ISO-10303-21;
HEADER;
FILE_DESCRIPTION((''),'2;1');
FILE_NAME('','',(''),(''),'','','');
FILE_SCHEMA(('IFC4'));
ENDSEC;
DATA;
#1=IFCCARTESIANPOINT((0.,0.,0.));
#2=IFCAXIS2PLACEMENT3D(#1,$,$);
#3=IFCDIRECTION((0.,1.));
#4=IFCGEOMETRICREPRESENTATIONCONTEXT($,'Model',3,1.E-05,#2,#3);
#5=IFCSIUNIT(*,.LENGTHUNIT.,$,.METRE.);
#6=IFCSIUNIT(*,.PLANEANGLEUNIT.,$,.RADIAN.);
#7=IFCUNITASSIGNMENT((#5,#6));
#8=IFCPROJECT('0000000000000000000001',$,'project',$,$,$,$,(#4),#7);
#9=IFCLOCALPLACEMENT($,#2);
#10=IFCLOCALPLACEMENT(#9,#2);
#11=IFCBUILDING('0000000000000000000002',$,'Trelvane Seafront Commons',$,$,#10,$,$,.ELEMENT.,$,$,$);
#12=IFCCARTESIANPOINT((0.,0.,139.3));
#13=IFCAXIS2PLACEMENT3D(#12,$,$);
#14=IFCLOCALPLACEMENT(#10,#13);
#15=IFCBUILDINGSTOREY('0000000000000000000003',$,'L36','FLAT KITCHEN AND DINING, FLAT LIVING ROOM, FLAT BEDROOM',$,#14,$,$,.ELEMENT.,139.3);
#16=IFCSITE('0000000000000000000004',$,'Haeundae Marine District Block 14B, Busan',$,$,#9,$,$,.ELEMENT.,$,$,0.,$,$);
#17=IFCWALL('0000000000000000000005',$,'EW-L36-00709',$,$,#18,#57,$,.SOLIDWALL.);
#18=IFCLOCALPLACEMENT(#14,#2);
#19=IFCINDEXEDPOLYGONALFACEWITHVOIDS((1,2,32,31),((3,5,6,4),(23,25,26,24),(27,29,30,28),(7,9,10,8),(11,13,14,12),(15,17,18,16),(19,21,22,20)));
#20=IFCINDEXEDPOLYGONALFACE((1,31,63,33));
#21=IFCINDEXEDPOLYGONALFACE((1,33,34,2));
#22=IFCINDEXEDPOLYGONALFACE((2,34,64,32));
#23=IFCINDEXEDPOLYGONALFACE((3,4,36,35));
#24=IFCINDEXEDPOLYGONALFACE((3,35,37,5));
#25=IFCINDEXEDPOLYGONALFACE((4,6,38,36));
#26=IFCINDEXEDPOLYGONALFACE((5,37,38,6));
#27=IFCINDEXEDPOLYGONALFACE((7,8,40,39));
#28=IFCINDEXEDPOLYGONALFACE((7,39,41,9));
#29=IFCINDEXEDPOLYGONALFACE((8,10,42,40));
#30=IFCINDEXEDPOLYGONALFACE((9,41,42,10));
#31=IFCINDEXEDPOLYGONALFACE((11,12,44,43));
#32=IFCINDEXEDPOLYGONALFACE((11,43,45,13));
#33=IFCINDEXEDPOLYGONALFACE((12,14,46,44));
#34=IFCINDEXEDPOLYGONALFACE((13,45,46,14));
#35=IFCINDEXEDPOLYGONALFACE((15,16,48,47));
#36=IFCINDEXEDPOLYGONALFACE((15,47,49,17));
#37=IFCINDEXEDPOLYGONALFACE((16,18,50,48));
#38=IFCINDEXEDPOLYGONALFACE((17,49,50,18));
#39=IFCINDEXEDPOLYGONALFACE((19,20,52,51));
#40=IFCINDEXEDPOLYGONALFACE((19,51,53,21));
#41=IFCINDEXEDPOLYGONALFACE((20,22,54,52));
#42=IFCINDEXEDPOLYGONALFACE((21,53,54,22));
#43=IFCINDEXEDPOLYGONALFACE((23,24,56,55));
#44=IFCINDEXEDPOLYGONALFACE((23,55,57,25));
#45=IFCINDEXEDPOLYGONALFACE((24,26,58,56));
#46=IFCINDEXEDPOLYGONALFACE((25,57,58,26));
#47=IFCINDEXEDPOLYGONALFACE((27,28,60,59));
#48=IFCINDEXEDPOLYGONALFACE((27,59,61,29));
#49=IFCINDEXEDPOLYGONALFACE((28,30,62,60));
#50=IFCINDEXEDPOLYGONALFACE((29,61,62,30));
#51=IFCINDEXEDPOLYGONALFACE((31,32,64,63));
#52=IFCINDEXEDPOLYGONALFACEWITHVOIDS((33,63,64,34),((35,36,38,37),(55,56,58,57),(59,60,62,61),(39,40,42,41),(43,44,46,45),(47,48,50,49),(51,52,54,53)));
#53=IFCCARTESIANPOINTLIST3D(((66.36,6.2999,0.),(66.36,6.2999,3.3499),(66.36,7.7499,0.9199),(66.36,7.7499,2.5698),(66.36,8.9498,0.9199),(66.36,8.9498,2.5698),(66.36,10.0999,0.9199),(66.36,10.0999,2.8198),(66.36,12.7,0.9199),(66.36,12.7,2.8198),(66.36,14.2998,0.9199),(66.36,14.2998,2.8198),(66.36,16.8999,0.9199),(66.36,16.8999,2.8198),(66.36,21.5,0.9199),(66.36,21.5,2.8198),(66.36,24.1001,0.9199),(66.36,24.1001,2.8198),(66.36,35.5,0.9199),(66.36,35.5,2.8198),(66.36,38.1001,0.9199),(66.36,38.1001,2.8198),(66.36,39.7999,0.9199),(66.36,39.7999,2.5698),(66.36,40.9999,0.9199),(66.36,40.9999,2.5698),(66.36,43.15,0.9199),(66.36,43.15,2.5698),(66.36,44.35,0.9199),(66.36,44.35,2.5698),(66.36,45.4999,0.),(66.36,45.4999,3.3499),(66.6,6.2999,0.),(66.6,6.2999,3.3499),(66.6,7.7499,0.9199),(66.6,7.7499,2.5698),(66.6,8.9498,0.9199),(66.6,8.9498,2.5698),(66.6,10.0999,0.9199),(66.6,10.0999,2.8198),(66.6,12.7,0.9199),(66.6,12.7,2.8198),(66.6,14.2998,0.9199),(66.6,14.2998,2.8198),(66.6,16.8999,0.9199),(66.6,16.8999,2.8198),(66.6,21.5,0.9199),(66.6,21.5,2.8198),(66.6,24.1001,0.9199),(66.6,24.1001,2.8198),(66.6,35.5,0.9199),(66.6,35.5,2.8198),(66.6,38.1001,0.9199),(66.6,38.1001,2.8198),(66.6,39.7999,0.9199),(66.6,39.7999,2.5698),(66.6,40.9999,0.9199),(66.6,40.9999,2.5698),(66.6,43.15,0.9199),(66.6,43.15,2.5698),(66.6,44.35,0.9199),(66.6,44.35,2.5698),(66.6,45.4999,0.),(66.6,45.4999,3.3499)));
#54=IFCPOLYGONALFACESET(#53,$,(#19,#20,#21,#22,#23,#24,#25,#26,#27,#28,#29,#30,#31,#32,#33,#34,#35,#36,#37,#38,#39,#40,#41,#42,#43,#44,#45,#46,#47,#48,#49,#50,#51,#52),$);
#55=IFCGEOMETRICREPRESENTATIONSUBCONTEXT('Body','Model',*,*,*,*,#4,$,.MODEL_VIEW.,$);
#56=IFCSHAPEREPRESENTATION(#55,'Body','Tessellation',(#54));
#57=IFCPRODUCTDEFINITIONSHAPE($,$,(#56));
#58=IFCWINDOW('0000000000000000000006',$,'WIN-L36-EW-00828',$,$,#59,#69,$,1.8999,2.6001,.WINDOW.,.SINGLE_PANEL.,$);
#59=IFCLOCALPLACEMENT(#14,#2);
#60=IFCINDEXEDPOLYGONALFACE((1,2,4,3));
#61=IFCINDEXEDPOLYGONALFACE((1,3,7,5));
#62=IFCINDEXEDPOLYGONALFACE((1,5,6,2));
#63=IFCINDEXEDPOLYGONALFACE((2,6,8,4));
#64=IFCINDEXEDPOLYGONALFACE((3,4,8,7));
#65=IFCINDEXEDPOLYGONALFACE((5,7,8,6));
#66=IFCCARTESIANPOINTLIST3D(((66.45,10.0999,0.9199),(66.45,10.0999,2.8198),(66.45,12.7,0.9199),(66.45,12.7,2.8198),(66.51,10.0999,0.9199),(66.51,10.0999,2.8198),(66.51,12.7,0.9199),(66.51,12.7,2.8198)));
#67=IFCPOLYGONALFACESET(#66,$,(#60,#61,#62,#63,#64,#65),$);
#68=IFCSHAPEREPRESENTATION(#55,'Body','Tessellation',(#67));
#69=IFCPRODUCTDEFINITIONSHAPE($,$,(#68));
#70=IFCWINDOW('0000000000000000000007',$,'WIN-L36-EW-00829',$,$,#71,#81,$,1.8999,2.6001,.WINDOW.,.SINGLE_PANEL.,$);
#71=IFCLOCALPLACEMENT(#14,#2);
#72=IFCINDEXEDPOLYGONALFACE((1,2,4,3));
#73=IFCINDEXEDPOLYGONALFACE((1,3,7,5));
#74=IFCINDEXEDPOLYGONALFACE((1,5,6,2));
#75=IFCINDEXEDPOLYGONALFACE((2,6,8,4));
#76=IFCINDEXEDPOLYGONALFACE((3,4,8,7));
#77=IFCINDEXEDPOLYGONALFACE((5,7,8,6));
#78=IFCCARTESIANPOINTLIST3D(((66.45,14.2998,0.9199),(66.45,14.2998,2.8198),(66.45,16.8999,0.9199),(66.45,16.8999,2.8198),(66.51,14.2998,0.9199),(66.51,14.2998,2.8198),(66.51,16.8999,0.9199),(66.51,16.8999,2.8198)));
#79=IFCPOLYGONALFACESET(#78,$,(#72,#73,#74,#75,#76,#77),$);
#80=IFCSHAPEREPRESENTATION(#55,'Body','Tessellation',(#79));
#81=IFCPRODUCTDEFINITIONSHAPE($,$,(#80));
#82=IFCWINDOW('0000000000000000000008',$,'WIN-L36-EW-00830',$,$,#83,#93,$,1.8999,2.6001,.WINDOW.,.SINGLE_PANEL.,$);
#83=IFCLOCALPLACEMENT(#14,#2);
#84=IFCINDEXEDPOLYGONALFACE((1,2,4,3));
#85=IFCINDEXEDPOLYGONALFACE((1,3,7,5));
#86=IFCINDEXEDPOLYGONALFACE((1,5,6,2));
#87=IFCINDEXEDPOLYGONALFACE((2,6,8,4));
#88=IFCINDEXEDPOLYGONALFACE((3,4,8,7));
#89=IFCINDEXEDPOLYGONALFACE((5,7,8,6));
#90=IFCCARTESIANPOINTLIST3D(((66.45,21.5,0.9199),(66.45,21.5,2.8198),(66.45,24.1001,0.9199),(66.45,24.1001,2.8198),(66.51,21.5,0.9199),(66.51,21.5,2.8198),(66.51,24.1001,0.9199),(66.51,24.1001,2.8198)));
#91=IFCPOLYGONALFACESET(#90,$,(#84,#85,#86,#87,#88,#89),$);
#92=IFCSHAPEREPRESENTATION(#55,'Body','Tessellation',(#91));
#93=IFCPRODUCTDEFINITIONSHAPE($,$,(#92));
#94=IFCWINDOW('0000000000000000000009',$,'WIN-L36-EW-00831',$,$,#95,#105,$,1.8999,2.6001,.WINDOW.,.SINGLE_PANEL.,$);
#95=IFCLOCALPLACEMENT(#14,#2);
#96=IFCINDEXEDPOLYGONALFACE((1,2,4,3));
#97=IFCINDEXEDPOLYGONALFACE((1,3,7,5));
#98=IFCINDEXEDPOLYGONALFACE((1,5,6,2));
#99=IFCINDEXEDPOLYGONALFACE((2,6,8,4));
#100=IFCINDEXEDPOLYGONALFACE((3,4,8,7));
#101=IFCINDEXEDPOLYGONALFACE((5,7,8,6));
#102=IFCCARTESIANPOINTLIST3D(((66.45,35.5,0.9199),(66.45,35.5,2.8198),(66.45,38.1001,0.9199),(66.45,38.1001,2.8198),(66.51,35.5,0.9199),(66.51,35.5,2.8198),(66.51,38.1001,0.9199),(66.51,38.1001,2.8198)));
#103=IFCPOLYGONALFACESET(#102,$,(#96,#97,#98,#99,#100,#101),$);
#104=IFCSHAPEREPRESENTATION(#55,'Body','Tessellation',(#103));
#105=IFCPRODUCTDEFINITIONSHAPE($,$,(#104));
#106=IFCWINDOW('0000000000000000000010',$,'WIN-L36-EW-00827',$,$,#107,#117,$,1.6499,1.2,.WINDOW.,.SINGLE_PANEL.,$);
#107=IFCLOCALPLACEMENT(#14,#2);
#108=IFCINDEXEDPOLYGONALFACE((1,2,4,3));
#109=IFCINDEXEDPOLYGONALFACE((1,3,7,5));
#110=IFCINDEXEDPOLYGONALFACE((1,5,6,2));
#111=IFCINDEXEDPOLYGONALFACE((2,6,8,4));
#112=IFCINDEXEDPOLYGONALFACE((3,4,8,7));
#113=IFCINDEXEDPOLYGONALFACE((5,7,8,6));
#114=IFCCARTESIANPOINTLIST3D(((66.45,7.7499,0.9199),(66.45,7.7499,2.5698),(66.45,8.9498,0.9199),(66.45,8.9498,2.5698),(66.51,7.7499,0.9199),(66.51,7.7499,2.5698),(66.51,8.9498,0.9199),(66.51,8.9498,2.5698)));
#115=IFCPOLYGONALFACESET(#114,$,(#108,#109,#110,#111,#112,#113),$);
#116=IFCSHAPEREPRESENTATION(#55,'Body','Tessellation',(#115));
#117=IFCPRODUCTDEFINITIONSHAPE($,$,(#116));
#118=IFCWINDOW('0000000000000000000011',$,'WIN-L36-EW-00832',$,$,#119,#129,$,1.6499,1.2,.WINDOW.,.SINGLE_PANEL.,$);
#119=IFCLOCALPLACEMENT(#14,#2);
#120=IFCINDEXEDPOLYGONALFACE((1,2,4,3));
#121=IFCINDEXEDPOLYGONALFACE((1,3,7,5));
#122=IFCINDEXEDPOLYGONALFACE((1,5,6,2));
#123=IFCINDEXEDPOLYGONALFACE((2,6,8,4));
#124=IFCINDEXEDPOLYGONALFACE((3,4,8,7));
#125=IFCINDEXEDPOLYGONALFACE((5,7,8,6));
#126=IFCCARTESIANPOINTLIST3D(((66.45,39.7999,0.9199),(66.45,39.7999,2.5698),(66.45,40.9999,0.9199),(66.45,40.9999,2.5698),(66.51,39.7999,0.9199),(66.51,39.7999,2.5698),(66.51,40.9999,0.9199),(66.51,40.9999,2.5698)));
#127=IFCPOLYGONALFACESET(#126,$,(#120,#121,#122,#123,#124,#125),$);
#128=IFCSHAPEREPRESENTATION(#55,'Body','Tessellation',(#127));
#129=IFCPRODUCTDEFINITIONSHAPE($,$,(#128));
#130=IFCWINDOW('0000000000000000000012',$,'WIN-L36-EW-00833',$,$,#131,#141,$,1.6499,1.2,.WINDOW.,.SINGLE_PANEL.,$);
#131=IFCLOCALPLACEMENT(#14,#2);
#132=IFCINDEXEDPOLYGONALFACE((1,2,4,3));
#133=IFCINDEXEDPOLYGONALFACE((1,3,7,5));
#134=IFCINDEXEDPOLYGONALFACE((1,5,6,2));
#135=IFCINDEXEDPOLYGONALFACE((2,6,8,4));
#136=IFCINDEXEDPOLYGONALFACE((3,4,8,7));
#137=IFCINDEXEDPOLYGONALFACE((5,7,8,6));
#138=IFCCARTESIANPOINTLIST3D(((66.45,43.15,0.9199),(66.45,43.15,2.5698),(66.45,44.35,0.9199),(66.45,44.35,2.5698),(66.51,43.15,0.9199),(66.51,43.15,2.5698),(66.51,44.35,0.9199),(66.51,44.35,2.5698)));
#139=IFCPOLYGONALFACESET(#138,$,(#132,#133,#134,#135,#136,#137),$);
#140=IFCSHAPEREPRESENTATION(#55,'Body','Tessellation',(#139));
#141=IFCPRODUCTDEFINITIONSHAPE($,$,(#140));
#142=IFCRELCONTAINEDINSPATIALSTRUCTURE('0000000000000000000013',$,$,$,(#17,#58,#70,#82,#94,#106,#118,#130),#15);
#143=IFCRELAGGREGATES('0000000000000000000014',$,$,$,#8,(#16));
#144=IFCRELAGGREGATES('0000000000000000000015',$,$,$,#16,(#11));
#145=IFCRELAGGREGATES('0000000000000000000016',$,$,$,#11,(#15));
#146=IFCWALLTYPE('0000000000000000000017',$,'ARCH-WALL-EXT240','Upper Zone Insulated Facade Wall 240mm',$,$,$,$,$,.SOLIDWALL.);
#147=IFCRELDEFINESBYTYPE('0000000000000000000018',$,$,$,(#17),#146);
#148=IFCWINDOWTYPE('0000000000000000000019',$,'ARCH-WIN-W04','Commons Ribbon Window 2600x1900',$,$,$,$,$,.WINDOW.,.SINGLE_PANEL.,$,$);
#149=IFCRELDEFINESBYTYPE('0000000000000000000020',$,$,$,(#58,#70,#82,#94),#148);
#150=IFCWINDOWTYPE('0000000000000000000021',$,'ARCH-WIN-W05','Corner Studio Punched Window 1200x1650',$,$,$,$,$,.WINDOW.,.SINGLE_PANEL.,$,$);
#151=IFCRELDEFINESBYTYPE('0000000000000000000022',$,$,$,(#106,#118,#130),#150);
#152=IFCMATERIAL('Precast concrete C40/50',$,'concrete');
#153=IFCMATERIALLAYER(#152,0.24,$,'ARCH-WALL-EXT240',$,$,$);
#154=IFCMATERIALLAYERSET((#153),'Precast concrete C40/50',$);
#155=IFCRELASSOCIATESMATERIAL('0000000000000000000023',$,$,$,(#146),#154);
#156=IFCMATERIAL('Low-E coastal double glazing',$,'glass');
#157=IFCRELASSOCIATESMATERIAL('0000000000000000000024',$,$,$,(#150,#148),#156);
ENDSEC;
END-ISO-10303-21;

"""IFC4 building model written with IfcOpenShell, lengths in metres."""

from ifc_helpers import new_model, si_unit, direction, frame, frame_2d, origin, place, context, subcontext, project, spatial, rectangle, extrude, source, transform, mapped, material, layer, layer_set, type_object, element, fill, save


model = new_model("IFC4")

# Units and contexts
model_context = context("Model", 3, precision=1e-05, world=origin(), true_north=direction((0.0, 1.0)))
body_context = subcontext(model_context, "Body", "Model", "MODEL_VIEW")
ifc_project = project(units=[si_unit("LENGTHUNIT", "METRE"), si_unit("PLANEANGLEUNIT", "RADIAN")], contexts=[model_context])

# Site, building, storey
site_placement = place(None, origin())
site = spatial("IfcSite", under=ifc_project, at=site_placement, Name="Haeundae Marine District Block 14B, Busan", CompositionType="ELEMENT", RefElevation=0.0)
building_placement = place(site_placement, origin())
building = spatial("IfcBuilding", under=site, at=building_placement, Name="Trelvane Seafront Commons", CompositionType="ELEMENT")
storey_placement = place(building_placement, frame((0.0, 0.0, 139.3)))
storey = spatial("IfcBuildingStorey", under=building, at=storey_placement, Name="L36", Description="FLAT KITCHEN AND DINING, FLAT LIVING ROOM, FLAT BEDROOM", CompositionType="ELEMENT", Elevation=139.3)

# Shared definitions
ifc_material_1 = material(Name="Low-E coastal double glazing", Category="glass")

# Shared definitions
ifc_material_2 = material(Name="Precast concrete C40/50", Category="concrete")
ifc_layer_1 = layer(ifc_material_2, 0.24, Name="ARCH-WALL-EXT240")
ifc_layer_set_1 = layer_set([ifc_layer_1], Name="Precast concrete C40/50")
wall_type = type_object("IfcWallType", Name="ARCH-WALL-EXT240", Description="Upper Zone Insulated Facade Wall 240mm", PredefinedType="SOLIDWALL", material=ifc_layer_set_1)
window_type_1 = type_object("IfcWindowType", Name="ARCH-WIN-W05", Description="Corner Studio Punched Window 1200x1650", PartitioningType="SINGLE_PANEL", PredefinedType="WINDOW", material=ifc_material_1)
shared_shape_1 = source(origin(), body_context, "Body", "SweptSolid", [
    extrude(rectangle(XDim=1.2, YDim=1.6499, at=frame_2d((0.6001, 0.825))), frame((0.0, 0.03, 0.0), z_axis=(0.0, -1.0, 0.0), x_axis=(1.0, 0.0, 0.0)), (0.0, 0.0, 1.0), 0.0601),
])

# Wall, openings, windows
wall_1_placement = place(storey_placement, frame((66.48, 45.5, 0.0), z_axis=(0.0, 0.0, 1.0), x_axis=(0.0, -1.0, 0.0)))
wall_1 = element("IfcWall", 1, at=wall_1_placement, inside=storey, type_object=wall_type, Name="EW-L36-00709", PredefinedType="SOLIDWALL", context=body_context, shape_type="SweptSolid", body=[
    extrude(rectangle(XDim=39.2, YDim=0.24, at=frame_2d((19.6001, 0.0))), origin(), (0.0, 0.0, 1.0), 3.3499),
])
opening_1_placement = place(wall_1_placement, frame((36.55, 0.0, 0.9199)))
opening_1 = element("IfcOpeningElement", 2, at=opening_1_placement, cuts=wall_1, PredefinedType="OPENING", context=body_context, shape_type="SweptSolid", body=[
    extrude(rectangle(XDim=1.2, YDim=1.6499, at=frame_2d((0.6001, 0.825))), frame((0.0, 0.1299, 0.0), z_axis=(0.0, -1.0, 0.0), x_axis=(1.0, 0.0, 0.0)), (0.0, 0.0, 1.0), 0.26),
])
opening_2_placement = place(wall_1_placement, frame((32.8, 0.0, 0.9199)))
opening_2 = element("IfcOpeningElement", 3, at=opening_2_placement, cuts=wall_1, PredefinedType="OPENING", context=body_context, shape_type="SweptSolid", body=[
    extrude(rectangle(XDim=2.6001, YDim=1.8999, at=frame_2d((1.3, 0.95))), frame((0.0, 0.1299, 0.0), z_axis=(0.0, -1.0, 0.0), x_axis=(1.0, 0.0, 0.0)), (0.0, 0.0, 1.0), 0.26),
])
opening_3_placement = place(wall_1_placement, frame((28.6001, 0.0, 0.9199)))
opening_3 = element("IfcOpeningElement", 4, at=opening_3_placement, cuts=wall_1, PredefinedType="OPENING", context=body_context, shape_type="SweptSolid", body=[
    extrude(rectangle(XDim=2.6001, YDim=1.8999, at=frame_2d((1.3, 0.95))), frame((0.0, 0.1299, 0.0), z_axis=(0.0, -1.0, 0.0), x_axis=(1.0, 0.0, 0.0)), (0.0, 0.0, 1.0), 0.26),
])
opening_4_placement = place(wall_1_placement, frame((21.3999, 0.0, 0.9199)))
opening_4 = element("IfcOpeningElement", 5, at=opening_4_placement, cuts=wall_1, PredefinedType="OPENING", context=body_context, shape_type="SweptSolid", body=[
    extrude(rectangle(XDim=2.6001, YDim=1.8999, at=frame_2d((1.3, 0.95))), frame((0.0, 0.1299, 0.0), z_axis=(0.0, -1.0, 0.0), x_axis=(1.0, 0.0, 0.0)), (0.0, 0.0, 1.0), 0.26),
])
opening_5_placement = place(wall_1_placement, frame((7.3999, 0.0, 0.9199)))
opening_5 = element("IfcOpeningElement", 6, at=opening_5_placement, cuts=wall_1, PredefinedType="OPENING", context=body_context, shape_type="SweptSolid", body=[
    extrude(rectangle(XDim=2.6001, YDim=1.8999, at=frame_2d((1.3, 0.95))), frame((0.0, 0.1299, 0.0), z_axis=(0.0, -1.0, 0.0), x_axis=(1.0, 0.0, 0.0)), (0.0, 0.0, 1.0), 0.26),
])
opening_6_placement = place(wall_1_placement, frame((4.5, 0.0, 0.9199)))
opening_6 = element("IfcOpeningElement", 7, at=opening_6_placement, cuts=wall_1, PredefinedType="OPENING", context=body_context, shape_type="SweptSolid", body=[
    extrude(rectangle(XDim=1.2, YDim=1.6499, at=frame_2d((0.6001, 0.825))), frame((0.0, 0.1299, 0.0), z_axis=(0.0, -1.0, 0.0), x_axis=(1.0, 0.0, 0.0)), (0.0, 0.0, 1.0), 0.26),
])
opening_7_placement = place(wall_1_placement, frame((1.1499, 0.0, 0.9199)))
opening_7 = element("IfcOpeningElement", 8, at=opening_7_placement, cuts=wall_1, PredefinedType="OPENING", context=body_context, shape_type="SweptSolid", body=[
    extrude(rectangle(XDim=1.2, YDim=1.6499, at=frame_2d((0.6001, 0.825))), frame((0.0, 0.1299, 0.0), z_axis=(0.0, -1.0, 0.0), x_axis=(1.0, 0.0, 0.0)), (0.0, 0.0, 1.0), 0.26),
])
window_type_2 = type_object("IfcWindowType", Name="ARCH-WIN-W04", Description="Commons Ribbon Window 2600x1900", PartitioningType="SINGLE_PANEL", PredefinedType="WINDOW", material=ifc_material_1)
shared_shape_2 = source(origin(), body_context, "Body", "SweptSolid", [
    extrude(rectangle(XDim=2.6001, YDim=1.8999, at=frame_2d((1.3, 0.95))), frame((0.0, 0.03, 0.0), z_axis=(0.0, -1.0, 0.0), x_axis=(1.0, 0.0, 0.0)), (0.0, 0.0, 1.0), 0.0601),
])
window_1_placement = place(opening_2_placement, origin())
window_1 = element("IfcWindow", 9, at=window_1_placement, inside=storey, type_object=window_type_2, Name="WIN-L36-EW-00828", OverallHeight=1.8999, OverallWidth=2.6001, PartitioningType="SINGLE_PANEL", PredefinedType="WINDOW", context=body_context, shape_type="MappedRepresentation", body=[
    mapped(shared_shape_2, transform((0.0, 0.0, 0.0), x_axis=(1.0, 0.0, 0.0), y_axis=(0.0, 1.0, 0.0), z_axis=(0.0, 0.0, 1.0), scale=1.0)),
])
fill(opening_2, window_1)
window_2_placement = place(opening_3_placement, origin())
window_2 = element("IfcWindow", 10, at=window_2_placement, inside=storey, type_object=window_type_2, Name="WIN-L36-EW-00829", OverallHeight=1.8999, OverallWidth=2.6001, PartitioningType="SINGLE_PANEL", PredefinedType="WINDOW", context=body_context, shape_type="MappedRepresentation", body=[
    mapped(shared_shape_2, transform((0.0, 0.0, 0.0), x_axis=(1.0, 0.0, 0.0), y_axis=(0.0, 1.0, 0.0), z_axis=(0.0, 0.0, 1.0), scale=1.0)),
])
fill(opening_3, window_2)
window_3_placement = place(opening_4_placement, origin())
window_3 = element("IfcWindow", 11, at=window_3_placement, inside=storey, type_object=window_type_2, Name="WIN-L36-EW-00830", OverallHeight=1.8999, OverallWidth=2.6001, PartitioningType="SINGLE_PANEL", PredefinedType="WINDOW", context=body_context, shape_type="MappedRepresentation", body=[
    mapped(shared_shape_2, transform((0.0, 0.0, 0.0), x_axis=(1.0, 0.0, 0.0), y_axis=(0.0, 1.0, 0.0), z_axis=(0.0, 0.0, 1.0), scale=1.0)),
])
fill(opening_4, window_3)
window_4_placement = place(opening_5_placement, origin())
window_4 = element("IfcWindow", 12, at=window_4_placement, inside=storey, type_object=window_type_2, Name="WIN-L36-EW-00831", OverallHeight=1.8999, OverallWidth=2.6001, PartitioningType="SINGLE_PANEL", PredefinedType="WINDOW", context=body_context, shape_type="MappedRepresentation", body=[
    mapped(shared_shape_2, transform((0.0, 0.0, 0.0), x_axis=(1.0, 0.0, 0.0), y_axis=(0.0, 1.0, 0.0), z_axis=(0.0, 0.0, 1.0), scale=1.0)),
])
fill(opening_5, window_4)
window_5_placement = place(opening_1_placement, origin())
window_5 = element("IfcWindow", 13, at=window_5_placement, inside=storey, type_object=window_type_1, Name="WIN-L36-EW-00827", OverallHeight=1.6499, OverallWidth=1.2, PartitioningType="SINGLE_PANEL", PredefinedType="WINDOW", context=body_context, shape_type="MappedRepresentation", body=[
    mapped(shared_shape_1, transform((0.0, 0.0, 0.0), x_axis=(1.0, 0.0, 0.0), y_axis=(0.0, 1.0, 0.0), z_axis=(0.0, 0.0, 1.0), scale=1.0)),
])
fill(opening_1, window_5)
window_6_placement = place(opening_6_placement, origin())
window_6 = element("IfcWindow", 14, at=window_6_placement, inside=storey, type_object=window_type_1, Name="WIN-L36-EW-00832", OverallHeight=1.6499, OverallWidth=1.2, PartitioningType="SINGLE_PANEL", PredefinedType="WINDOW", context=body_context, shape_type="MappedRepresentation", body=[
    mapped(shared_shape_1, transform((0.0, 0.0, 0.0), x_axis=(1.0, 0.0, 0.0), y_axis=(0.0, 1.0, 0.0), z_axis=(0.0, 0.0, 1.0), scale=1.0)),
])
fill(opening_6, window_6)
window_7_placement = place(opening_7_placement, origin())
window_7 = element("IfcWindow", 15, at=window_7_placement, inside=storey, type_object=window_type_1, Name="WIN-L36-EW-00833", OverallHeight=1.6499, OverallWidth=1.2, PartitioningType="SINGLE_PANEL", PredefinedType="WINDOW", context=body_context, shape_type="MappedRepresentation", body=[
    mapped(shared_shape_1, transform((0.0, 0.0, 0.0), x_axis=(1.0, 0.0, 0.0), y_axis=(0.0, 1.0, 0.0), z_axis=(0.0, 0.0, 1.0), scale=1.0)),
])
fill(opening_7, window_7)

save(model, "model.ifc")
